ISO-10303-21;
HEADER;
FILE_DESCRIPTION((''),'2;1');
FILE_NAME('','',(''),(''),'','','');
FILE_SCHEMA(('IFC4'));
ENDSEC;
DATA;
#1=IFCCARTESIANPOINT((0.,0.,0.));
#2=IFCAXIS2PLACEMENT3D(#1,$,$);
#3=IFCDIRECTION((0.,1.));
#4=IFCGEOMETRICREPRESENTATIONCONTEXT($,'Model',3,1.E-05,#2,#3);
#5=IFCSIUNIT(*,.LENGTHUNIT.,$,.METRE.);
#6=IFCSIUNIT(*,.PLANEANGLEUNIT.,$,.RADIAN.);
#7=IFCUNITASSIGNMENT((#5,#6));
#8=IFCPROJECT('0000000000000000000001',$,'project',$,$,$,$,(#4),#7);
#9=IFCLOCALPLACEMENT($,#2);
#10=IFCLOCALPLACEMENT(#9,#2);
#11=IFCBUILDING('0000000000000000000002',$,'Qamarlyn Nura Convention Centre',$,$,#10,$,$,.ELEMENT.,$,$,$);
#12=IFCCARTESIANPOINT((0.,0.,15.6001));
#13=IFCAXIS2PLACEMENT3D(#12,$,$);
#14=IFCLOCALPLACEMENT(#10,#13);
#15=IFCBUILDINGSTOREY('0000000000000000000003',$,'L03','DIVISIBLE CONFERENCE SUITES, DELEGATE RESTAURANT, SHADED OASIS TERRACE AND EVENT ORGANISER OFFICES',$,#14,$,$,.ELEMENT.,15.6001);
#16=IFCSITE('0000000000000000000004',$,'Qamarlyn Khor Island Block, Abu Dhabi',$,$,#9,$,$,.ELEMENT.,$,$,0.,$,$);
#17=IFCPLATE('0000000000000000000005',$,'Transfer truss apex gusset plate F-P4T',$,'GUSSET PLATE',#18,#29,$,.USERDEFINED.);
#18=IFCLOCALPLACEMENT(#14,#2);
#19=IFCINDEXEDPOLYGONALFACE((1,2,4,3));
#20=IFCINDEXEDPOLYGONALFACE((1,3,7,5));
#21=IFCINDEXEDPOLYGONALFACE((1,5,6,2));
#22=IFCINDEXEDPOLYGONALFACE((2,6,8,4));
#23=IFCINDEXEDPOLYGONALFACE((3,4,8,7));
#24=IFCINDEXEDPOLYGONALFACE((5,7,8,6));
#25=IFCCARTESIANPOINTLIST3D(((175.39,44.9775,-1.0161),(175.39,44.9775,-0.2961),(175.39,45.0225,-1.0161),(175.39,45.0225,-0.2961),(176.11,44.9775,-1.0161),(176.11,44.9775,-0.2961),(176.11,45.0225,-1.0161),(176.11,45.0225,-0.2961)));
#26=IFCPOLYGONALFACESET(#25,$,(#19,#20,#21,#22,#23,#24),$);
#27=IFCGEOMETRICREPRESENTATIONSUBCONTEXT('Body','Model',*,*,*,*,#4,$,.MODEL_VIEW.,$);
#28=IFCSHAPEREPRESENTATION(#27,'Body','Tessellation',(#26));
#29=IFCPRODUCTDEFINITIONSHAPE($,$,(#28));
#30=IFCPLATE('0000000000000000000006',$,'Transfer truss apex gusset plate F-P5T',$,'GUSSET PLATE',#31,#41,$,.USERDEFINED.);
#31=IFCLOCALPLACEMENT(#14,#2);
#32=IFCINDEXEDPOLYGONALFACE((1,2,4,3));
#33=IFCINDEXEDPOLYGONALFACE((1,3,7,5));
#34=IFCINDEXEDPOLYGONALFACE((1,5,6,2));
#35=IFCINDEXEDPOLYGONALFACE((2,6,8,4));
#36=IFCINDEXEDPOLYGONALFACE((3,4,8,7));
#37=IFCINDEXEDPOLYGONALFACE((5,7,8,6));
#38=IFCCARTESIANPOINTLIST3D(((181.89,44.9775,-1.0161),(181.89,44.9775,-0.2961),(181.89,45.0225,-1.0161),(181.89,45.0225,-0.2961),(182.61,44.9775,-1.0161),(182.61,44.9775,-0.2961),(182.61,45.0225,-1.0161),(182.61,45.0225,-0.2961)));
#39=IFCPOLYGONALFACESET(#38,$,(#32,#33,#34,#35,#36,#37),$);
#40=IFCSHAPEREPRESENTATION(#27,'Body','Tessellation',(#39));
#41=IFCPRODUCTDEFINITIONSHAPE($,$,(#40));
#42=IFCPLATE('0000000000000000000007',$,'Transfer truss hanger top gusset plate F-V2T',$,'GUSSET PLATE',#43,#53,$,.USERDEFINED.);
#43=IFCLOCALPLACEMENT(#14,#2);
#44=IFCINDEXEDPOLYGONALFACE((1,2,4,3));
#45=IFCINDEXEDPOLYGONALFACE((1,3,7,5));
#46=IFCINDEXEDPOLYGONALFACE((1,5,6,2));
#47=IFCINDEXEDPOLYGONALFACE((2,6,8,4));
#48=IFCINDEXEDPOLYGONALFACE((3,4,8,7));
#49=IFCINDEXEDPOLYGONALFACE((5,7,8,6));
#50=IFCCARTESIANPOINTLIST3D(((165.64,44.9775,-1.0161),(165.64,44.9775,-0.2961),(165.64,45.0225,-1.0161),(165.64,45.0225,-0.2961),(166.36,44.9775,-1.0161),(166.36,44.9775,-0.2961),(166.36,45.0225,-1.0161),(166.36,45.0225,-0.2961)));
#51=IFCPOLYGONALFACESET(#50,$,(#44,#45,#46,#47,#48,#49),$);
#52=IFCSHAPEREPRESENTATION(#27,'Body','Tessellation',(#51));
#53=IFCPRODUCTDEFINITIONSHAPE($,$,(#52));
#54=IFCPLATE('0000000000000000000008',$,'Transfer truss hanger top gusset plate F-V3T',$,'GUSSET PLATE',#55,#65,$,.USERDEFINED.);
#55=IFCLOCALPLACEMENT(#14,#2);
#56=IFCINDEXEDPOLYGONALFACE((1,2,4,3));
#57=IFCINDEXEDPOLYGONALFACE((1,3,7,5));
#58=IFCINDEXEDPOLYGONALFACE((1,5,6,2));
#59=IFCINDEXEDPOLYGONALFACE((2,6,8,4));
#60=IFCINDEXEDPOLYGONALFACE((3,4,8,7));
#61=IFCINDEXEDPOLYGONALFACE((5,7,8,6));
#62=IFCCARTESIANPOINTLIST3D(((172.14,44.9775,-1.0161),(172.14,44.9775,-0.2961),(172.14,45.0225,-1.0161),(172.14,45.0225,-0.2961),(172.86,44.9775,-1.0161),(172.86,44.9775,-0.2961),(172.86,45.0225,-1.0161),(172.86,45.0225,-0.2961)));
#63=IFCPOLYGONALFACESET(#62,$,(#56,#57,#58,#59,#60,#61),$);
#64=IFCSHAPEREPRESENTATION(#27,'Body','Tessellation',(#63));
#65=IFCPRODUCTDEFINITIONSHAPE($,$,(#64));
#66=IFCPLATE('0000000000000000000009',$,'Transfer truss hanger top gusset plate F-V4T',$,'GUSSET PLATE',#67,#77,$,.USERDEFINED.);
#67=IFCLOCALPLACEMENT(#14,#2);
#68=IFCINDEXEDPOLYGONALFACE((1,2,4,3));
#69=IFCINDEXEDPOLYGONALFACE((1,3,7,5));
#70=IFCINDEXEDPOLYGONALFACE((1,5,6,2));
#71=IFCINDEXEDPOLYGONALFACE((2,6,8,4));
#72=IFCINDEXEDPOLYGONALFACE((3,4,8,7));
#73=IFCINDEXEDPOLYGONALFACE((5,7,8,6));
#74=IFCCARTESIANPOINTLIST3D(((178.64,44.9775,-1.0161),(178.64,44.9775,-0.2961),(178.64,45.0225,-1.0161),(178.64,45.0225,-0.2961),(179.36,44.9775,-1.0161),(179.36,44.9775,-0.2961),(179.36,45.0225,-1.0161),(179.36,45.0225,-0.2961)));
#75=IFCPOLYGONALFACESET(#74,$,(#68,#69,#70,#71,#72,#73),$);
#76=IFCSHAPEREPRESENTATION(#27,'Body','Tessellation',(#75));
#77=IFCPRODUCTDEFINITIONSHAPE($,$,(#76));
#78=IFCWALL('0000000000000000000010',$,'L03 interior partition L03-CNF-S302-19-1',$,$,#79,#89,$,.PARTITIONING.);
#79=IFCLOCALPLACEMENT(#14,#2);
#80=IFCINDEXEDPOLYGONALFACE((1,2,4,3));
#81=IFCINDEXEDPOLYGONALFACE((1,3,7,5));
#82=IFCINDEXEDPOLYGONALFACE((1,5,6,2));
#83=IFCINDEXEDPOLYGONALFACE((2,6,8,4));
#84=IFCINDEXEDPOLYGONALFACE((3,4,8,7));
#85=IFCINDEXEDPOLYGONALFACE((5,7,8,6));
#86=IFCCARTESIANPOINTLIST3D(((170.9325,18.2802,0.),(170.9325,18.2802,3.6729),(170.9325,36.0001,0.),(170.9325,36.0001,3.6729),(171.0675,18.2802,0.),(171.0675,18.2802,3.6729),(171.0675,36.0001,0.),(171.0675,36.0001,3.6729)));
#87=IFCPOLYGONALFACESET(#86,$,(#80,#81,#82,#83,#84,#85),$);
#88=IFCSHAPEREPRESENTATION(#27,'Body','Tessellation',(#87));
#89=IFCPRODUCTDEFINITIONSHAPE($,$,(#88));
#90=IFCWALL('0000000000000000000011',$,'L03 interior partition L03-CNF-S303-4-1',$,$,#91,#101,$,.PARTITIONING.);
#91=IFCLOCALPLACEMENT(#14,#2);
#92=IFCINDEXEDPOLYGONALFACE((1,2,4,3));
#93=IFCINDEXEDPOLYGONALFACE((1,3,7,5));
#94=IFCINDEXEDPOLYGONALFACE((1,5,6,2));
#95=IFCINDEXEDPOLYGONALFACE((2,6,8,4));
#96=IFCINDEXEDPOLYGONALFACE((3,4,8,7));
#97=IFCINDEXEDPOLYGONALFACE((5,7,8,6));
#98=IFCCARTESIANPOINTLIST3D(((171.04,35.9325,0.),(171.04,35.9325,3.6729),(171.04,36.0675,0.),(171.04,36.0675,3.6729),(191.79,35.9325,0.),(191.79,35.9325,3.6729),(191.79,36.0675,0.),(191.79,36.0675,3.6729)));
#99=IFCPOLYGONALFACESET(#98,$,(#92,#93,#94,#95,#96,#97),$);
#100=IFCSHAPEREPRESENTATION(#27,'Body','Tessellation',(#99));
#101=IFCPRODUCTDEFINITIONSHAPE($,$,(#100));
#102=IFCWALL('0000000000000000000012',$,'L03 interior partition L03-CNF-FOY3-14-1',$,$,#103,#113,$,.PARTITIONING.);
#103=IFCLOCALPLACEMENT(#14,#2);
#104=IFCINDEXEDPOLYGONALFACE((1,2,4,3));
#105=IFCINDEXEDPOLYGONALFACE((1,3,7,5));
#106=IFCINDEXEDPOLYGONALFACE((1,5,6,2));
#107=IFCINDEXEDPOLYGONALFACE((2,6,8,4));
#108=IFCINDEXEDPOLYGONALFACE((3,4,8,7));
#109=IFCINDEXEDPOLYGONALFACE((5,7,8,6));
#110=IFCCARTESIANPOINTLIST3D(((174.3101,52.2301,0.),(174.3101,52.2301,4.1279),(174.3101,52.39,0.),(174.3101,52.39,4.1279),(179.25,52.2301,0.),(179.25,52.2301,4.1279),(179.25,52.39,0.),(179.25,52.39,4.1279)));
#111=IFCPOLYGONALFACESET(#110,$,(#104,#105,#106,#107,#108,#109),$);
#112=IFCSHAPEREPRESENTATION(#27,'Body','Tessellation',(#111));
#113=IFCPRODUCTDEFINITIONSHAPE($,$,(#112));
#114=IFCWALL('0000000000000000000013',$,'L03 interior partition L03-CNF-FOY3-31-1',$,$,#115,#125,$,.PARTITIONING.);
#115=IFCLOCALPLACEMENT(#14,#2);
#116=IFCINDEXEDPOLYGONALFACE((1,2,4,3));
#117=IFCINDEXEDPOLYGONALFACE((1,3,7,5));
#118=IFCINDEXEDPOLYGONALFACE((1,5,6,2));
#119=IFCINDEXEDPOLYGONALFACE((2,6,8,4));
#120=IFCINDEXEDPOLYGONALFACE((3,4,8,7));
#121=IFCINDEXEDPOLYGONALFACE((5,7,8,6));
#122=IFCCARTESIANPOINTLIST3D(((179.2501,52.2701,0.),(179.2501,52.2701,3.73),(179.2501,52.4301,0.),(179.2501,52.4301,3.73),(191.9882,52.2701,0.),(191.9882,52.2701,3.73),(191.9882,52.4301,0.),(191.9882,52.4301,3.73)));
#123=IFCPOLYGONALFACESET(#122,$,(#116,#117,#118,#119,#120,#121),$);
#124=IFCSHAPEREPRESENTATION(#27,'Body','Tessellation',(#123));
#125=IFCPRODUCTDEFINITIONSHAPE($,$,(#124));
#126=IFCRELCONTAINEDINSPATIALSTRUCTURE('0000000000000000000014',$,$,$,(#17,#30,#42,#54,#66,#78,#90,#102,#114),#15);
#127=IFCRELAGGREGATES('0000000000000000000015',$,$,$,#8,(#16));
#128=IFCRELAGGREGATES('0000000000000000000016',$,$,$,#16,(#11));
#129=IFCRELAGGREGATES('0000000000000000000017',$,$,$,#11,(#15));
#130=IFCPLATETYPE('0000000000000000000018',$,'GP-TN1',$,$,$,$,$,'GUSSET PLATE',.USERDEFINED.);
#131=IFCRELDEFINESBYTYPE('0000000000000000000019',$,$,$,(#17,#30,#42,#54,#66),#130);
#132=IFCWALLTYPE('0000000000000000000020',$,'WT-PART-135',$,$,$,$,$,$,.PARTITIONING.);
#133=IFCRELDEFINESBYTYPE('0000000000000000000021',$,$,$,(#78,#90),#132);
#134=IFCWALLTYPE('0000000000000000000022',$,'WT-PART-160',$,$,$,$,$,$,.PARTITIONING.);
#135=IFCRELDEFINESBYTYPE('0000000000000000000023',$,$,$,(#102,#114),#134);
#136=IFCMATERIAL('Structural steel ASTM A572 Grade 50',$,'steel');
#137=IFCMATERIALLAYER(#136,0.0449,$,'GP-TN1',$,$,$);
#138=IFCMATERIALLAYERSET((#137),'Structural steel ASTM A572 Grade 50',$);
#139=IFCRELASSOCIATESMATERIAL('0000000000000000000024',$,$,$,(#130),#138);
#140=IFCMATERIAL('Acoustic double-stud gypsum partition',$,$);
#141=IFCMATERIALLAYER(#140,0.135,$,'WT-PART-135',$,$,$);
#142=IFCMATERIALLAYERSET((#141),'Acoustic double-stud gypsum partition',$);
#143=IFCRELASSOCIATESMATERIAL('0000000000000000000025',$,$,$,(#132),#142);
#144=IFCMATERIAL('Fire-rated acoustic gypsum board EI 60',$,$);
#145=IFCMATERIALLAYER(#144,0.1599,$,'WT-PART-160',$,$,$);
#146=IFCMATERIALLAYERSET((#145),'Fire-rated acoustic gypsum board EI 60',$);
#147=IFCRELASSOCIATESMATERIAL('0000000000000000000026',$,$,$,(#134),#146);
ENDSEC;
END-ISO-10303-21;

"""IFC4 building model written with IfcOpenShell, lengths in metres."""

from ifc_helpers import new_model, si_unit, direction, frame, frame_2d, origin, origin_2d, place, context, subcontext, project, spatial, rectangle, extrude, material, layer, layer_set, type_object, element, save


model = new_model("IFC4")

# Units and contexts
model_context = context("Model", 3, precision=1e-05, world=origin(), true_north=direction((0.0, 1.0)))
body_context = subcontext(model_context, "Body", "Model", "MODEL_VIEW")
ifc_project = project(units=[si_unit("LENGTHUNIT", "METRE"), si_unit("PLANEANGLEUNIT", "RADIAN")], contexts=[model_context])

# Site, building, storey
site_placement = place(None, origin())
site = spatial("IfcSite", under=ifc_project, at=site_placement, Name="Qamarlyn Khor Island Block, Abu Dhabi", CompositionType="ELEMENT", RefElevation=0.0)
building_placement = place(site_placement, origin())
building = spatial("IfcBuilding", under=site, at=building_placement, Name="Qamarlyn Nura Convention Centre", CompositionType="ELEMENT")
storey_placement = place(building_placement, frame((0.0, 0.0, 15.6001)))
storey = spatial("IfcBuildingStorey", under=building, at=storey_placement, Name="L03", Description="DIVISIBLE CONFERENCE SUITES, DELEGATE RESTAURANT, SHADED OASIS TERRACE AND EVENT ORGANISER OFFICES", CompositionType="ELEMENT", Elevation=15.6001)

# Plates
ifc_material_1 = material(Name="Structural steel ASTM A572 Grade 50", Category="steel")
ifc_layer_1 = layer(ifc_material_1, 0.0449, Name="GP-TN1")
ifc_layer_set_1 = layer_set([ifc_layer_1], Name="Structural steel ASTM A572 Grade 50")
plate_type = type_object("IfcPlateType", Name="GP-TN1", ElementType="GUSSET PLATE", PredefinedType="USERDEFINED", material=ifc_layer_set_1)
for number, where, z_axis, x_axis, name in (
    (1, (175.75, 45.0, -1.0161), (0.0, 0.0, 1.0), (1.0, 0.0, 0.0), "Transfer truss apex gusset plate F-P4T"),
    (2, (182.25, 45.0, -1.0161), (0.0, 0.0, 1.0), (1.0, 0.0, 0.0), "Transfer truss apex gusset plate F-P5T"),
    (3, (166.0, 45.0, -1.0161), (0.0, 0.0, 1.0), (1.0, 0.0, 0.0), "Transfer truss hanger top gusset plate F-V2T"),
    (4, (172.5, 45.0, -1.0161), (0.0, 0.0, 1.0), (1.0, 0.0, 0.0), "Transfer truss hanger top gusset plate F-V3T"),
    (5, (179.0, 45.0, -1.0161), (0.0, 0.0, 1.0), (1.0, 0.0, 0.0), "Transfer truss hanger top gusset plate F-V4T"),
):
    element("IfcPlate", number, at=place(storey_placement, frame(where, z_axis=z_axis, x_axis=x_axis)), inside=storey, type_object=plate_type, Name=name, ObjectType="GUSSET PLATE", PredefinedType="USERDEFINED", context=body_context, shape_type="SweptSolid", body=[
        extrude(rectangle(XDim=0.72, YDim=0.0449, at=origin_2d()), origin(), (0.0, 0.0, 1.0), 0.72),
    ])

# Walls
ifc_material_2 = material(Name="Acoustic double-stud gypsum partition")
ifc_layer_2 = layer(ifc_material_2, 0.135, Name="WT-PART-135")
ifc_layer_set_2 = layer_set([ifc_layer_2], Name="Acoustic double-stud gypsum partition")
wall_type_1 = type_object("IfcWallType", Name="WT-PART-135", PredefinedType="PARTITIONING", material=ifc_layer_set_2)
wall_1_placement = place(storey_placement, frame((171.0, 36.0, 0.0), z_axis=(0.0, 0.0, 1.0), x_axis=(0.0, -1.0, 0.0)))
element("IfcWall", 6, at=wall_1_placement, inside=storey, type_object=wall_type_1, Name="L03 interior partition L03-CNF-S302-19-1", PredefinedType="PARTITIONING", context=body_context, shape_type="SweptSolid", body=[
    extrude(rectangle(XDim=17.72, YDim=0.135, at=frame_2d((8.8599, 0.0))), origin(), (0.0, 0.0, 1.0), 3.6729),
])
wall_2_placement = place(storey_placement, frame((171.04, 36.0, 0.0), z_axis=(0.0, 0.0, 1.0), x_axis=(1.0, 0.0, 0.0)))
element("IfcWall", 7, at=wall_2_placement, inside=storey, type_object=wall_type_1, Name="L03 interior partition L03-CNF-S303-4-1", PredefinedType="PARTITIONING", context=body_context, shape_type="SweptSolid", body=[
    extrude(rectangle(XDim=20.75, YDim=0.135, at=frame_2d((10.375, 0.0))), origin(), (0.0, 0.0, 1.0), 3.6729),
])
ifc_material_3 = material(Name="Fire-rated acoustic gypsum board EI 60")
ifc_layer_3 = layer(ifc_material_3, 0.1599, Name="WT-PART-160")
ifc_layer_set_3 = layer_set([ifc_layer_3], Name="Fire-rated acoustic gypsum board EI 60")
wall_type_2 = type_object("IfcWallType", Name="WT-PART-160", PredefinedType="PARTITIONING", material=ifc_layer_set_3)
wall_3_placement = place(storey_placement, frame((174.3101, 52.3101, 0.0), z_axis=(0.0, 0.0, 1.0), x_axis=(1.0, 0.0, 0.0)))
element("IfcWall", 8, at=wall_3_placement, inside=storey, type_object=wall_type_2, Name="L03 interior partition L03-CNF-FOY3-14-1", PredefinedType="PARTITIONING", context=body_context, shape_type="SweptSolid", body=[
    extrude(rectangle(XDim=4.9399, YDim=0.1599, at=frame_2d((2.47, 0.0))), origin(), (0.0, 0.0, 1.0), 4.1279),
])
wall_4_placement = place(storey_placement, frame((179.25, 52.3501, 0.0), z_axis=(0.0, 0.0, 1.0), x_axis=(1.0, 0.0, 0.0)))
element("IfcWall", 9, at=wall_4_placement, inside=storey, type_object=wall_type_2, Name="L03 interior partition L03-CNF-FOY3-31-1", PredefinedType="PARTITIONING", context=body_context, shape_type="SweptSolid", body=[
    extrude(rectangle(XDim=12.738, YDim=0.1599, at=frame_2d((6.3691, 0.0))), origin(), (0.0, 0.0, 1.0), 3.73),
])

save(model, "model.ifc")
